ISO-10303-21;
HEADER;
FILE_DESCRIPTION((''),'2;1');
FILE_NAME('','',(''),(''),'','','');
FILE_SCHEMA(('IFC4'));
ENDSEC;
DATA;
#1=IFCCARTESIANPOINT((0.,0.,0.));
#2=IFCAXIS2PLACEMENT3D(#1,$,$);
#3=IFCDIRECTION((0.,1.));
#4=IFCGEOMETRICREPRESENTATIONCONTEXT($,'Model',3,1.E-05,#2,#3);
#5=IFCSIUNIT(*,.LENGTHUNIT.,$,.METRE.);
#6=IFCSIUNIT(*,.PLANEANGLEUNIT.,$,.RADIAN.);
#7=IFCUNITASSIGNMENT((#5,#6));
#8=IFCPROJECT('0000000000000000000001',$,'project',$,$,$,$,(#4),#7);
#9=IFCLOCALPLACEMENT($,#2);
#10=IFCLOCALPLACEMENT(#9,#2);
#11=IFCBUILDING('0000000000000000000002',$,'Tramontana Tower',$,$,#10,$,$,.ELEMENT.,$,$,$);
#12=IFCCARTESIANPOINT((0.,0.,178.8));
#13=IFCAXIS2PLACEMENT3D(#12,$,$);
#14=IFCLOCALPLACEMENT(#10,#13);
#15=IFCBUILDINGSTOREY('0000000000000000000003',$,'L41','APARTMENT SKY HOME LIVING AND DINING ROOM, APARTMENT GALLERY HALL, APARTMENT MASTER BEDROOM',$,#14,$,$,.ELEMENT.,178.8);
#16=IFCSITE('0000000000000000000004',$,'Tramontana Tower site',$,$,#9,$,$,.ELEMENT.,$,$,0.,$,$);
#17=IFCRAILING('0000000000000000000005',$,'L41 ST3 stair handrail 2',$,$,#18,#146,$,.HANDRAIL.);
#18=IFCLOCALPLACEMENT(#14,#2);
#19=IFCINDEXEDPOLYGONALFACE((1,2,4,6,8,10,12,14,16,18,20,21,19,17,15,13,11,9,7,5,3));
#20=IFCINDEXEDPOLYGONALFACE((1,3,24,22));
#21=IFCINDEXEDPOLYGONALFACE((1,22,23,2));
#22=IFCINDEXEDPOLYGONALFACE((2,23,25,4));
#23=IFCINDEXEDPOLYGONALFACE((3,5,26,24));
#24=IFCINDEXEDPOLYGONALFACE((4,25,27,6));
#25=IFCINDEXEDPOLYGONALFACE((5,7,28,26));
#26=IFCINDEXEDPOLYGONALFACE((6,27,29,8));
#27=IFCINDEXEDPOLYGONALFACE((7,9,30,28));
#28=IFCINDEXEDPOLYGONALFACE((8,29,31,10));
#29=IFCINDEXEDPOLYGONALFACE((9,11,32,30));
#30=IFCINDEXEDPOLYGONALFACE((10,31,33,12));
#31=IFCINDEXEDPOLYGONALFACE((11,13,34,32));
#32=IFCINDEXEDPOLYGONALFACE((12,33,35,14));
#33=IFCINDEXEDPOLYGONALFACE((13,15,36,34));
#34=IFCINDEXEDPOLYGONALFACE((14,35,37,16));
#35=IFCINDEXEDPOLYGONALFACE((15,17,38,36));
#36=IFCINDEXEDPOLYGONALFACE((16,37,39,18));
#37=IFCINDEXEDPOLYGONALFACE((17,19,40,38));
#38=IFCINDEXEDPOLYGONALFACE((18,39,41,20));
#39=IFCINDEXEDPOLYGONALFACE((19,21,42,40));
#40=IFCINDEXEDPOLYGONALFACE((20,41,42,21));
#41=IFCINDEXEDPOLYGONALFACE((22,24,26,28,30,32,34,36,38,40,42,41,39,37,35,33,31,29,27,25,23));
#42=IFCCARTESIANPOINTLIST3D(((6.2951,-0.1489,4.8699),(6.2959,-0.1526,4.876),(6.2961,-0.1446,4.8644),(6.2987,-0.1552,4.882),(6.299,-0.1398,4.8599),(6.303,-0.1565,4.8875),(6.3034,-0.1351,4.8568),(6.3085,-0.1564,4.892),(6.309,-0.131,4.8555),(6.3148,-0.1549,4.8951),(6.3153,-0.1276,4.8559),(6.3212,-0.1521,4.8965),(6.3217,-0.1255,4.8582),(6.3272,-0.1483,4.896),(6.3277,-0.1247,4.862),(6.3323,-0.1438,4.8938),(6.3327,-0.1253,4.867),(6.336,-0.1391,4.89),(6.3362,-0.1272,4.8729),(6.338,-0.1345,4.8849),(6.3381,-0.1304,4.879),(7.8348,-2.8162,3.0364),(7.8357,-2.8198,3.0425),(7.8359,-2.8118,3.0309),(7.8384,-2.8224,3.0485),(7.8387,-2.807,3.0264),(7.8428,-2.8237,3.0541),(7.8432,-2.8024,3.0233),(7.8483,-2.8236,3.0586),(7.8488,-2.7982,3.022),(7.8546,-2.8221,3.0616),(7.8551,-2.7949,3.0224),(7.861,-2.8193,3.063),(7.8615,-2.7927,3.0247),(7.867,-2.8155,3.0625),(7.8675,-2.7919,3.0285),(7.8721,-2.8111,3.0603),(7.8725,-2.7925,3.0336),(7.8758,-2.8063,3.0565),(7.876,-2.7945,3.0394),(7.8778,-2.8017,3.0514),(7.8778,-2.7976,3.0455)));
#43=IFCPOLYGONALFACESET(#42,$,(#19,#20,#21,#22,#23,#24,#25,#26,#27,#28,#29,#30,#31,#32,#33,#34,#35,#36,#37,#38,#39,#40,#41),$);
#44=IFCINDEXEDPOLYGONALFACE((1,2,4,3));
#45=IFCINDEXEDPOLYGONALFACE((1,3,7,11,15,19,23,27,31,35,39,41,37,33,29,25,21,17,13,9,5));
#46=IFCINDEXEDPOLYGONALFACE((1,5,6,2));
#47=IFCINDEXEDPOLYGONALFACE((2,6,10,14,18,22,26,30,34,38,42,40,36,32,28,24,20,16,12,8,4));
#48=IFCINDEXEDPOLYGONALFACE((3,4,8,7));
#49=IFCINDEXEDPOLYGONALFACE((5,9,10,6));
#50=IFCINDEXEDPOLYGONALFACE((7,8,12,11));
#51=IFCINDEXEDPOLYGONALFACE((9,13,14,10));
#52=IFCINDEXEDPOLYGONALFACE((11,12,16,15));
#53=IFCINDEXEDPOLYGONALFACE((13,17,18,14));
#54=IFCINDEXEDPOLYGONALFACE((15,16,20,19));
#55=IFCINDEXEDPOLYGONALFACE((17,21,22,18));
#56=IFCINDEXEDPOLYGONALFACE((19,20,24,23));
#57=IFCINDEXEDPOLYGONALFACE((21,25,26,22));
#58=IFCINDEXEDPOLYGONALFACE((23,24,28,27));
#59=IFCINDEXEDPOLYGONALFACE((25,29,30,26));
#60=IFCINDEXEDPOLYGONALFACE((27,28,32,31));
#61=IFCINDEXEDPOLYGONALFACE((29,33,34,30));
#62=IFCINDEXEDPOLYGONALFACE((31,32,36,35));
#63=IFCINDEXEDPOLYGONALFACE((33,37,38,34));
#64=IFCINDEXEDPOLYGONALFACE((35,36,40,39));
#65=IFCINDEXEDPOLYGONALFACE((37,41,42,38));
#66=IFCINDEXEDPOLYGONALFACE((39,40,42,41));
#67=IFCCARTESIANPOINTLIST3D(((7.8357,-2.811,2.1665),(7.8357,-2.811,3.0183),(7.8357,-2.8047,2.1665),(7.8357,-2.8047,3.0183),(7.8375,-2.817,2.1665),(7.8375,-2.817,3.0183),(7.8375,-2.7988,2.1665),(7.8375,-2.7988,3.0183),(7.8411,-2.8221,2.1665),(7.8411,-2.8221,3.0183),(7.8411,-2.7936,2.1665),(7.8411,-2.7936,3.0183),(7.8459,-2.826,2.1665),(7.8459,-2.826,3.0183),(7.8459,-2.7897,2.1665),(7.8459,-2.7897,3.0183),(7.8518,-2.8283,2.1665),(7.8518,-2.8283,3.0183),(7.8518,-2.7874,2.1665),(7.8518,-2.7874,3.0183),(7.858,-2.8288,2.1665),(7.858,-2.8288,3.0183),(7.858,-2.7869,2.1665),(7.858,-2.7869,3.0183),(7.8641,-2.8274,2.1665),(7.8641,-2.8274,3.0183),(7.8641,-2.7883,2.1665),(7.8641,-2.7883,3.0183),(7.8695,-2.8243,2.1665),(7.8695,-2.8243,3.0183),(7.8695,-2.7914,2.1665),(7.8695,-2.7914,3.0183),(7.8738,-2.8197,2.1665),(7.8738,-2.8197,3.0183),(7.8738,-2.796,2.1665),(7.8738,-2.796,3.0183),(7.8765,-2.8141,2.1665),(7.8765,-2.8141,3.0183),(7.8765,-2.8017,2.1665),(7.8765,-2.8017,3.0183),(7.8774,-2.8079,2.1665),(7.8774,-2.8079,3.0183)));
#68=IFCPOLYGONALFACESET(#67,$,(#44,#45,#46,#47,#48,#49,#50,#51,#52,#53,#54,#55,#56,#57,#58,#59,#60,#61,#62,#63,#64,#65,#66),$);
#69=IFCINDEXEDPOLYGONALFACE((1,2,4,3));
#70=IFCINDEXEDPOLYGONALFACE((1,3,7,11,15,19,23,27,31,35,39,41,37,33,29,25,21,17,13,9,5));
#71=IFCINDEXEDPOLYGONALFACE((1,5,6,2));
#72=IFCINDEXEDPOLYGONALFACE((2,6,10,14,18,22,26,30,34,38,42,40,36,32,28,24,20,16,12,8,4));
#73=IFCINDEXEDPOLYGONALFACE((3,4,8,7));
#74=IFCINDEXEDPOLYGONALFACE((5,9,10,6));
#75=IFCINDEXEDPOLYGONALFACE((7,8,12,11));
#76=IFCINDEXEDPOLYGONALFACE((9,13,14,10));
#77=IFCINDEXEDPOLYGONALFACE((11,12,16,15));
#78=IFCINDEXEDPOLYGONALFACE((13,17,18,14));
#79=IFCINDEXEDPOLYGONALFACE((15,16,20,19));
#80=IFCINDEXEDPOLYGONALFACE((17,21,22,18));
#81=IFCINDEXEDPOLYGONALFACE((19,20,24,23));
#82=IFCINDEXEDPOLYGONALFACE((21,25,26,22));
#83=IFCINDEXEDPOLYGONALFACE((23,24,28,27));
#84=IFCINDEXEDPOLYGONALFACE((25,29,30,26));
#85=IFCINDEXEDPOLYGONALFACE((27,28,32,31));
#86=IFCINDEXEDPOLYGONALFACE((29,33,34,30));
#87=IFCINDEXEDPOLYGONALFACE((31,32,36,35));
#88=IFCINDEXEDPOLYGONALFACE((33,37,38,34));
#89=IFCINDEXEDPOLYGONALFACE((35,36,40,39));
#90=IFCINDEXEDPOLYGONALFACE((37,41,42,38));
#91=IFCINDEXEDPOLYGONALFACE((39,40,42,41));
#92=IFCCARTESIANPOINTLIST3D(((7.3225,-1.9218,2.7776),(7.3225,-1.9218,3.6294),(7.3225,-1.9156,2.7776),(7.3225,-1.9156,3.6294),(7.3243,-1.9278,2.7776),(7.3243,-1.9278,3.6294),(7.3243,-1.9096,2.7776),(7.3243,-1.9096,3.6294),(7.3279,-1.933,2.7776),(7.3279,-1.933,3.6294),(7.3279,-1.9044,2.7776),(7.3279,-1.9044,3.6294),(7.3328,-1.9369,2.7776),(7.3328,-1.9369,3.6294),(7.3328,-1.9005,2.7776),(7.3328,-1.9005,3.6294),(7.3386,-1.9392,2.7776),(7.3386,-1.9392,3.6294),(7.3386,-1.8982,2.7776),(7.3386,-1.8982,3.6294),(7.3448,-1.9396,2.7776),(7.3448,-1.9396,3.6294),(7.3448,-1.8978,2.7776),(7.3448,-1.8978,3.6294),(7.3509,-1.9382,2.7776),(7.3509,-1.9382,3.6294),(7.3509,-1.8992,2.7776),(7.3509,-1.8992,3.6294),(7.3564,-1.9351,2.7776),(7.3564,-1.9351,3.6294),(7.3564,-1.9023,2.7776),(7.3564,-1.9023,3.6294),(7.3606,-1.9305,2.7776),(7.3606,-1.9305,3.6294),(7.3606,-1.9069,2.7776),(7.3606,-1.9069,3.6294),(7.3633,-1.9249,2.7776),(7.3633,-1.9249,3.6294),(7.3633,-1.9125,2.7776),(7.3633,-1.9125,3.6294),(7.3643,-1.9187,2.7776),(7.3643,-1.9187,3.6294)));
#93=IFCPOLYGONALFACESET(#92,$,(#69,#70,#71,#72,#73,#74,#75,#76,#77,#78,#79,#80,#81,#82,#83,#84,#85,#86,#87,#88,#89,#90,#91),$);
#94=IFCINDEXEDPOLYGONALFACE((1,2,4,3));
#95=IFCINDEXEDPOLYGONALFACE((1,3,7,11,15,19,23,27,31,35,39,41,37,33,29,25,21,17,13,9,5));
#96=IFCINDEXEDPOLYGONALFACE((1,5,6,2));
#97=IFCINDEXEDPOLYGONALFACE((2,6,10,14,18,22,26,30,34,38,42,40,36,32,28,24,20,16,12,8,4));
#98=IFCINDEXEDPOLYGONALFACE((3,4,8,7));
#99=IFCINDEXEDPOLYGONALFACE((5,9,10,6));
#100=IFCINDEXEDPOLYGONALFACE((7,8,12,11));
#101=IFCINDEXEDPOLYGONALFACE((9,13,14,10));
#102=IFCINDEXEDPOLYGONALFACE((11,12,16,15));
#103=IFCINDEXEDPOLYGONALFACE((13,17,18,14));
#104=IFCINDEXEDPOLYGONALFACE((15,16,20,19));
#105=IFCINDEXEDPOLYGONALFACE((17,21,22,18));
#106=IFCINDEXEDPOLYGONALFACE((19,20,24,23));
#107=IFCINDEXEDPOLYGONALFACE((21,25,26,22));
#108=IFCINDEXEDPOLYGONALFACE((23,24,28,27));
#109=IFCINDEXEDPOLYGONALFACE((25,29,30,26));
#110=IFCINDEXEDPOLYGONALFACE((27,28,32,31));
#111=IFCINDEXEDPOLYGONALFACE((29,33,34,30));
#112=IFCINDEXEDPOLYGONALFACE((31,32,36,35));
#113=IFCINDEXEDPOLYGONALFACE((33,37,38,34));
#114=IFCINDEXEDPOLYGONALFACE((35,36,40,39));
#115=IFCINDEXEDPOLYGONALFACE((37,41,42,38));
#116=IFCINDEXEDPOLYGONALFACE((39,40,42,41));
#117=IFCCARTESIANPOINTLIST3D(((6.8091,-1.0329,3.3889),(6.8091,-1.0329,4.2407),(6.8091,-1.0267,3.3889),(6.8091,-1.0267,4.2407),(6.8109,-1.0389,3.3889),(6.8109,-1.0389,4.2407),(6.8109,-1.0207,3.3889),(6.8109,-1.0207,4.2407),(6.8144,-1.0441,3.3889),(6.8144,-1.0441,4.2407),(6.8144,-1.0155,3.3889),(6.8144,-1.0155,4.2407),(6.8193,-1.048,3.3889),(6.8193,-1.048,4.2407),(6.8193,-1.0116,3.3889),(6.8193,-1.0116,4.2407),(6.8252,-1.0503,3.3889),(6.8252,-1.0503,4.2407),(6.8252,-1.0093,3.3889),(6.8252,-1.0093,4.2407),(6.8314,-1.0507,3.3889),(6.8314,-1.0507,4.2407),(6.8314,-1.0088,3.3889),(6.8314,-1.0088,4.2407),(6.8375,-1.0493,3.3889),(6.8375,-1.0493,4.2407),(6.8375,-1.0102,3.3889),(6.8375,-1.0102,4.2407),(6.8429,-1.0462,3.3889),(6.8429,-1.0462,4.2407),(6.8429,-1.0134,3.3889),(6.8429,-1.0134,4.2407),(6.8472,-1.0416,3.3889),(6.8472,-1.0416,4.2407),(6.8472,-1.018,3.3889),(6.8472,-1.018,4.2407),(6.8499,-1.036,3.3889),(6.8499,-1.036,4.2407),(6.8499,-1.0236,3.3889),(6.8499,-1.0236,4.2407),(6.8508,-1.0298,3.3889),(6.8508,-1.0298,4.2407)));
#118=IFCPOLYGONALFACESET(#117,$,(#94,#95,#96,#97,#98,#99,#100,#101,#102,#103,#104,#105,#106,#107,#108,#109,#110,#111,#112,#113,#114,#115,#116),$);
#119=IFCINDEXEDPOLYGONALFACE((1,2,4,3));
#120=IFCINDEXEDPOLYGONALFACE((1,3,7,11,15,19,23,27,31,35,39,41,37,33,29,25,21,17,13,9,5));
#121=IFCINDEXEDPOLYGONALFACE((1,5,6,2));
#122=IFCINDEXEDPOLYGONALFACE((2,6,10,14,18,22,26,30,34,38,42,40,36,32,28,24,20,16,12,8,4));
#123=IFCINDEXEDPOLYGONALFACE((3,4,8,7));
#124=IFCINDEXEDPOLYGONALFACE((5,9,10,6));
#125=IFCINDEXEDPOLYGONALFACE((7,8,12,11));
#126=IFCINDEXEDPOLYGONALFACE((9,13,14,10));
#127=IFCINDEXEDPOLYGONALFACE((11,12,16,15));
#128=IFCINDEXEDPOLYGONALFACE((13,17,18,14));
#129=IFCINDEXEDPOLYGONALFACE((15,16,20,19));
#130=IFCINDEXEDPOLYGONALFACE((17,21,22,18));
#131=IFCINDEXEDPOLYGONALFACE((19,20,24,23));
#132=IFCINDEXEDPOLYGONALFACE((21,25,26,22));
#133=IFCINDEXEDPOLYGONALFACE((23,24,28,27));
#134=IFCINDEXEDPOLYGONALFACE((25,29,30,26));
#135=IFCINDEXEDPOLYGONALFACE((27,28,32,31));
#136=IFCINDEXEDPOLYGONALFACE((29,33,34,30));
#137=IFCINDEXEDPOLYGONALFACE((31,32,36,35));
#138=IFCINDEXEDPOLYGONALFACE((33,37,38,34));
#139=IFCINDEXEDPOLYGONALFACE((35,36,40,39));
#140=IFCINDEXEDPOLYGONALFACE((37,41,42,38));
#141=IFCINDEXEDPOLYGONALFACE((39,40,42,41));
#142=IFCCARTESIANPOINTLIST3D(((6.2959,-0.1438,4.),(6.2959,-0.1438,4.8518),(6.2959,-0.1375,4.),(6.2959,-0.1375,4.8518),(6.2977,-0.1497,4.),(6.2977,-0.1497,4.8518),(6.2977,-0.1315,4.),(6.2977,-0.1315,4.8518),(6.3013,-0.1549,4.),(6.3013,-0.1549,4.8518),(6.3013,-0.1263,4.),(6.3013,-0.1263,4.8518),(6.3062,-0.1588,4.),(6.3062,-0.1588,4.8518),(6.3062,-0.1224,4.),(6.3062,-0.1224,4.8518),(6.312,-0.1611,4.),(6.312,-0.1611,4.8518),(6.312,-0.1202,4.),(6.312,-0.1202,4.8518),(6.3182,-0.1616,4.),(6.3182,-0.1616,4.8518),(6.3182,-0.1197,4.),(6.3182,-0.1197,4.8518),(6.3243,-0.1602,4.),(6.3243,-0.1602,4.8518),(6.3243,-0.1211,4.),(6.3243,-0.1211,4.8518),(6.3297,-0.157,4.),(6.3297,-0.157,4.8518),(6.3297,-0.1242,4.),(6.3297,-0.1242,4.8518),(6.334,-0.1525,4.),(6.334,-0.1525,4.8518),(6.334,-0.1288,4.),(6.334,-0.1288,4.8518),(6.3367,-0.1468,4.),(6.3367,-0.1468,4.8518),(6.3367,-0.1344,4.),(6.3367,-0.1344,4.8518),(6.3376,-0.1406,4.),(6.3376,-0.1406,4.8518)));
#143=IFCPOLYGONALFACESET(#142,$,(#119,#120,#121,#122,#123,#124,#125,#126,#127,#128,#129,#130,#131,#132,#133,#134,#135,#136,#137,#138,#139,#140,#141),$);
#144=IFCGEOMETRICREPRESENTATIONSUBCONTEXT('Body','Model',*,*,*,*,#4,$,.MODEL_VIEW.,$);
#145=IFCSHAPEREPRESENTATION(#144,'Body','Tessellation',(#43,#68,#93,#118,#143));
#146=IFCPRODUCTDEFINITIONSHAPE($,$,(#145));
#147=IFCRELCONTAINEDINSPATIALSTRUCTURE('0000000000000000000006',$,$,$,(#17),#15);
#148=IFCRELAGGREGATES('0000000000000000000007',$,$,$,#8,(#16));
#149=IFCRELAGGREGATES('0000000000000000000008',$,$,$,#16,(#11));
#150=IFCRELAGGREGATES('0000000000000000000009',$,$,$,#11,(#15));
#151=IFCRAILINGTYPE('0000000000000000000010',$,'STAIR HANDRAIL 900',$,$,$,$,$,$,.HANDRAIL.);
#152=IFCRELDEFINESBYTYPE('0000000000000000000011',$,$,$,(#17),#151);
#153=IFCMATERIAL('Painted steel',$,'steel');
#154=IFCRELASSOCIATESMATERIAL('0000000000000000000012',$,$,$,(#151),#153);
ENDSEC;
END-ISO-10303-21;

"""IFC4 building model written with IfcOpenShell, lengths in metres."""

from ifc_helpers import new_model, si_unit, direction, frame, origin, origin_2d, place, context, subcontext, project, spatial, circle, extrude, material, type_object, element, save


model = new_model("IFC4")

# Units and contexts
model_context = context("Model", 3, precision=1e-05, world=origin(), true_north=direction((0.0, 1.0)))
body_context = subcontext(model_context, "Body", "Model", "MODEL_VIEW")
ifc_project = project(units=[si_unit("LENGTHUNIT", "METRE"), si_unit("PLANEANGLEUNIT", "RADIAN")], contexts=[model_context])

# Site, building, storey
site_placement = place(None, origin())
site = spatial("IfcSite", under=ifc_project, at=site_placement, Name="Tramontana Tower site", CompositionType="ELEMENT", RefElevation=0.0)
building_placement = place(site_placement, origin())
building = spatial("IfcBuilding", under=site, at=building_placement, Name="Tramontana Tower", CompositionType="ELEMENT")
storey_placement = place(building_placement, frame((0.0, 0.0, 178.8)))
storey = spatial("IfcBuildingStorey", under=building, at=storey_placement, Name="L41", Description="APARTMENT SKY HOME LIVING AND DINING ROOM, APARTMENT GALLERY HALL, APARTMENT MASTER BEDROOM", CompositionType="ELEMENT", Elevation=178.8)

# Railing
ifc_material_1 = material(Name="Painted steel", Category="steel")
railing_type_1 = type_object("IfcRailingType", Name="STAIR HANDRAIL 900", PredefinedType="HANDRAIL", material=ifc_material_1)
railing_1_placement = place(storey_placement, frame((7.8564, -2.8079, 2.1665)))
element("IfcRailing", 1, at=railing_1_placement, inside=storey, type_object=railing_type_1, Name="L41 ST3 stair handrail 2", PredefinedType="HANDRAIL", context=body_context, shape_type="SweptSolid", body=[
    extrude(circle(Radius=0.0239, at=origin_2d()), frame((0.0, 0.0, 0.876), z_axis=(-0.429601, 0.744155, 0.511543), x_axis=(-0.866044, -0.499967, 0.0)), (0.0, 0.0, 1.0), 3.5842),
    extrude(circle(Radius=0.021, at=origin_2d()), origin(), (0.0, 0.0, 1.0), 0.8518),
    extrude(circle(Radius=0.021, at=origin_2d()), frame((-0.5132, 0.8892, 0.6111)), (0.0, 0.0, 1.0), 0.8518),
    extrude(circle(Radius=0.021, at=origin_2d()), frame((-1.0266, 1.7781, 1.2224)), (0.0, 0.0, 1.0), 0.8518),
    extrude(circle(Radius=0.021, at=origin_2d()), frame((-1.5398, 2.6672, 1.8335)), (0.0, 0.0, 1.0), 0.8518),
])

save(model, "model.ifc")
